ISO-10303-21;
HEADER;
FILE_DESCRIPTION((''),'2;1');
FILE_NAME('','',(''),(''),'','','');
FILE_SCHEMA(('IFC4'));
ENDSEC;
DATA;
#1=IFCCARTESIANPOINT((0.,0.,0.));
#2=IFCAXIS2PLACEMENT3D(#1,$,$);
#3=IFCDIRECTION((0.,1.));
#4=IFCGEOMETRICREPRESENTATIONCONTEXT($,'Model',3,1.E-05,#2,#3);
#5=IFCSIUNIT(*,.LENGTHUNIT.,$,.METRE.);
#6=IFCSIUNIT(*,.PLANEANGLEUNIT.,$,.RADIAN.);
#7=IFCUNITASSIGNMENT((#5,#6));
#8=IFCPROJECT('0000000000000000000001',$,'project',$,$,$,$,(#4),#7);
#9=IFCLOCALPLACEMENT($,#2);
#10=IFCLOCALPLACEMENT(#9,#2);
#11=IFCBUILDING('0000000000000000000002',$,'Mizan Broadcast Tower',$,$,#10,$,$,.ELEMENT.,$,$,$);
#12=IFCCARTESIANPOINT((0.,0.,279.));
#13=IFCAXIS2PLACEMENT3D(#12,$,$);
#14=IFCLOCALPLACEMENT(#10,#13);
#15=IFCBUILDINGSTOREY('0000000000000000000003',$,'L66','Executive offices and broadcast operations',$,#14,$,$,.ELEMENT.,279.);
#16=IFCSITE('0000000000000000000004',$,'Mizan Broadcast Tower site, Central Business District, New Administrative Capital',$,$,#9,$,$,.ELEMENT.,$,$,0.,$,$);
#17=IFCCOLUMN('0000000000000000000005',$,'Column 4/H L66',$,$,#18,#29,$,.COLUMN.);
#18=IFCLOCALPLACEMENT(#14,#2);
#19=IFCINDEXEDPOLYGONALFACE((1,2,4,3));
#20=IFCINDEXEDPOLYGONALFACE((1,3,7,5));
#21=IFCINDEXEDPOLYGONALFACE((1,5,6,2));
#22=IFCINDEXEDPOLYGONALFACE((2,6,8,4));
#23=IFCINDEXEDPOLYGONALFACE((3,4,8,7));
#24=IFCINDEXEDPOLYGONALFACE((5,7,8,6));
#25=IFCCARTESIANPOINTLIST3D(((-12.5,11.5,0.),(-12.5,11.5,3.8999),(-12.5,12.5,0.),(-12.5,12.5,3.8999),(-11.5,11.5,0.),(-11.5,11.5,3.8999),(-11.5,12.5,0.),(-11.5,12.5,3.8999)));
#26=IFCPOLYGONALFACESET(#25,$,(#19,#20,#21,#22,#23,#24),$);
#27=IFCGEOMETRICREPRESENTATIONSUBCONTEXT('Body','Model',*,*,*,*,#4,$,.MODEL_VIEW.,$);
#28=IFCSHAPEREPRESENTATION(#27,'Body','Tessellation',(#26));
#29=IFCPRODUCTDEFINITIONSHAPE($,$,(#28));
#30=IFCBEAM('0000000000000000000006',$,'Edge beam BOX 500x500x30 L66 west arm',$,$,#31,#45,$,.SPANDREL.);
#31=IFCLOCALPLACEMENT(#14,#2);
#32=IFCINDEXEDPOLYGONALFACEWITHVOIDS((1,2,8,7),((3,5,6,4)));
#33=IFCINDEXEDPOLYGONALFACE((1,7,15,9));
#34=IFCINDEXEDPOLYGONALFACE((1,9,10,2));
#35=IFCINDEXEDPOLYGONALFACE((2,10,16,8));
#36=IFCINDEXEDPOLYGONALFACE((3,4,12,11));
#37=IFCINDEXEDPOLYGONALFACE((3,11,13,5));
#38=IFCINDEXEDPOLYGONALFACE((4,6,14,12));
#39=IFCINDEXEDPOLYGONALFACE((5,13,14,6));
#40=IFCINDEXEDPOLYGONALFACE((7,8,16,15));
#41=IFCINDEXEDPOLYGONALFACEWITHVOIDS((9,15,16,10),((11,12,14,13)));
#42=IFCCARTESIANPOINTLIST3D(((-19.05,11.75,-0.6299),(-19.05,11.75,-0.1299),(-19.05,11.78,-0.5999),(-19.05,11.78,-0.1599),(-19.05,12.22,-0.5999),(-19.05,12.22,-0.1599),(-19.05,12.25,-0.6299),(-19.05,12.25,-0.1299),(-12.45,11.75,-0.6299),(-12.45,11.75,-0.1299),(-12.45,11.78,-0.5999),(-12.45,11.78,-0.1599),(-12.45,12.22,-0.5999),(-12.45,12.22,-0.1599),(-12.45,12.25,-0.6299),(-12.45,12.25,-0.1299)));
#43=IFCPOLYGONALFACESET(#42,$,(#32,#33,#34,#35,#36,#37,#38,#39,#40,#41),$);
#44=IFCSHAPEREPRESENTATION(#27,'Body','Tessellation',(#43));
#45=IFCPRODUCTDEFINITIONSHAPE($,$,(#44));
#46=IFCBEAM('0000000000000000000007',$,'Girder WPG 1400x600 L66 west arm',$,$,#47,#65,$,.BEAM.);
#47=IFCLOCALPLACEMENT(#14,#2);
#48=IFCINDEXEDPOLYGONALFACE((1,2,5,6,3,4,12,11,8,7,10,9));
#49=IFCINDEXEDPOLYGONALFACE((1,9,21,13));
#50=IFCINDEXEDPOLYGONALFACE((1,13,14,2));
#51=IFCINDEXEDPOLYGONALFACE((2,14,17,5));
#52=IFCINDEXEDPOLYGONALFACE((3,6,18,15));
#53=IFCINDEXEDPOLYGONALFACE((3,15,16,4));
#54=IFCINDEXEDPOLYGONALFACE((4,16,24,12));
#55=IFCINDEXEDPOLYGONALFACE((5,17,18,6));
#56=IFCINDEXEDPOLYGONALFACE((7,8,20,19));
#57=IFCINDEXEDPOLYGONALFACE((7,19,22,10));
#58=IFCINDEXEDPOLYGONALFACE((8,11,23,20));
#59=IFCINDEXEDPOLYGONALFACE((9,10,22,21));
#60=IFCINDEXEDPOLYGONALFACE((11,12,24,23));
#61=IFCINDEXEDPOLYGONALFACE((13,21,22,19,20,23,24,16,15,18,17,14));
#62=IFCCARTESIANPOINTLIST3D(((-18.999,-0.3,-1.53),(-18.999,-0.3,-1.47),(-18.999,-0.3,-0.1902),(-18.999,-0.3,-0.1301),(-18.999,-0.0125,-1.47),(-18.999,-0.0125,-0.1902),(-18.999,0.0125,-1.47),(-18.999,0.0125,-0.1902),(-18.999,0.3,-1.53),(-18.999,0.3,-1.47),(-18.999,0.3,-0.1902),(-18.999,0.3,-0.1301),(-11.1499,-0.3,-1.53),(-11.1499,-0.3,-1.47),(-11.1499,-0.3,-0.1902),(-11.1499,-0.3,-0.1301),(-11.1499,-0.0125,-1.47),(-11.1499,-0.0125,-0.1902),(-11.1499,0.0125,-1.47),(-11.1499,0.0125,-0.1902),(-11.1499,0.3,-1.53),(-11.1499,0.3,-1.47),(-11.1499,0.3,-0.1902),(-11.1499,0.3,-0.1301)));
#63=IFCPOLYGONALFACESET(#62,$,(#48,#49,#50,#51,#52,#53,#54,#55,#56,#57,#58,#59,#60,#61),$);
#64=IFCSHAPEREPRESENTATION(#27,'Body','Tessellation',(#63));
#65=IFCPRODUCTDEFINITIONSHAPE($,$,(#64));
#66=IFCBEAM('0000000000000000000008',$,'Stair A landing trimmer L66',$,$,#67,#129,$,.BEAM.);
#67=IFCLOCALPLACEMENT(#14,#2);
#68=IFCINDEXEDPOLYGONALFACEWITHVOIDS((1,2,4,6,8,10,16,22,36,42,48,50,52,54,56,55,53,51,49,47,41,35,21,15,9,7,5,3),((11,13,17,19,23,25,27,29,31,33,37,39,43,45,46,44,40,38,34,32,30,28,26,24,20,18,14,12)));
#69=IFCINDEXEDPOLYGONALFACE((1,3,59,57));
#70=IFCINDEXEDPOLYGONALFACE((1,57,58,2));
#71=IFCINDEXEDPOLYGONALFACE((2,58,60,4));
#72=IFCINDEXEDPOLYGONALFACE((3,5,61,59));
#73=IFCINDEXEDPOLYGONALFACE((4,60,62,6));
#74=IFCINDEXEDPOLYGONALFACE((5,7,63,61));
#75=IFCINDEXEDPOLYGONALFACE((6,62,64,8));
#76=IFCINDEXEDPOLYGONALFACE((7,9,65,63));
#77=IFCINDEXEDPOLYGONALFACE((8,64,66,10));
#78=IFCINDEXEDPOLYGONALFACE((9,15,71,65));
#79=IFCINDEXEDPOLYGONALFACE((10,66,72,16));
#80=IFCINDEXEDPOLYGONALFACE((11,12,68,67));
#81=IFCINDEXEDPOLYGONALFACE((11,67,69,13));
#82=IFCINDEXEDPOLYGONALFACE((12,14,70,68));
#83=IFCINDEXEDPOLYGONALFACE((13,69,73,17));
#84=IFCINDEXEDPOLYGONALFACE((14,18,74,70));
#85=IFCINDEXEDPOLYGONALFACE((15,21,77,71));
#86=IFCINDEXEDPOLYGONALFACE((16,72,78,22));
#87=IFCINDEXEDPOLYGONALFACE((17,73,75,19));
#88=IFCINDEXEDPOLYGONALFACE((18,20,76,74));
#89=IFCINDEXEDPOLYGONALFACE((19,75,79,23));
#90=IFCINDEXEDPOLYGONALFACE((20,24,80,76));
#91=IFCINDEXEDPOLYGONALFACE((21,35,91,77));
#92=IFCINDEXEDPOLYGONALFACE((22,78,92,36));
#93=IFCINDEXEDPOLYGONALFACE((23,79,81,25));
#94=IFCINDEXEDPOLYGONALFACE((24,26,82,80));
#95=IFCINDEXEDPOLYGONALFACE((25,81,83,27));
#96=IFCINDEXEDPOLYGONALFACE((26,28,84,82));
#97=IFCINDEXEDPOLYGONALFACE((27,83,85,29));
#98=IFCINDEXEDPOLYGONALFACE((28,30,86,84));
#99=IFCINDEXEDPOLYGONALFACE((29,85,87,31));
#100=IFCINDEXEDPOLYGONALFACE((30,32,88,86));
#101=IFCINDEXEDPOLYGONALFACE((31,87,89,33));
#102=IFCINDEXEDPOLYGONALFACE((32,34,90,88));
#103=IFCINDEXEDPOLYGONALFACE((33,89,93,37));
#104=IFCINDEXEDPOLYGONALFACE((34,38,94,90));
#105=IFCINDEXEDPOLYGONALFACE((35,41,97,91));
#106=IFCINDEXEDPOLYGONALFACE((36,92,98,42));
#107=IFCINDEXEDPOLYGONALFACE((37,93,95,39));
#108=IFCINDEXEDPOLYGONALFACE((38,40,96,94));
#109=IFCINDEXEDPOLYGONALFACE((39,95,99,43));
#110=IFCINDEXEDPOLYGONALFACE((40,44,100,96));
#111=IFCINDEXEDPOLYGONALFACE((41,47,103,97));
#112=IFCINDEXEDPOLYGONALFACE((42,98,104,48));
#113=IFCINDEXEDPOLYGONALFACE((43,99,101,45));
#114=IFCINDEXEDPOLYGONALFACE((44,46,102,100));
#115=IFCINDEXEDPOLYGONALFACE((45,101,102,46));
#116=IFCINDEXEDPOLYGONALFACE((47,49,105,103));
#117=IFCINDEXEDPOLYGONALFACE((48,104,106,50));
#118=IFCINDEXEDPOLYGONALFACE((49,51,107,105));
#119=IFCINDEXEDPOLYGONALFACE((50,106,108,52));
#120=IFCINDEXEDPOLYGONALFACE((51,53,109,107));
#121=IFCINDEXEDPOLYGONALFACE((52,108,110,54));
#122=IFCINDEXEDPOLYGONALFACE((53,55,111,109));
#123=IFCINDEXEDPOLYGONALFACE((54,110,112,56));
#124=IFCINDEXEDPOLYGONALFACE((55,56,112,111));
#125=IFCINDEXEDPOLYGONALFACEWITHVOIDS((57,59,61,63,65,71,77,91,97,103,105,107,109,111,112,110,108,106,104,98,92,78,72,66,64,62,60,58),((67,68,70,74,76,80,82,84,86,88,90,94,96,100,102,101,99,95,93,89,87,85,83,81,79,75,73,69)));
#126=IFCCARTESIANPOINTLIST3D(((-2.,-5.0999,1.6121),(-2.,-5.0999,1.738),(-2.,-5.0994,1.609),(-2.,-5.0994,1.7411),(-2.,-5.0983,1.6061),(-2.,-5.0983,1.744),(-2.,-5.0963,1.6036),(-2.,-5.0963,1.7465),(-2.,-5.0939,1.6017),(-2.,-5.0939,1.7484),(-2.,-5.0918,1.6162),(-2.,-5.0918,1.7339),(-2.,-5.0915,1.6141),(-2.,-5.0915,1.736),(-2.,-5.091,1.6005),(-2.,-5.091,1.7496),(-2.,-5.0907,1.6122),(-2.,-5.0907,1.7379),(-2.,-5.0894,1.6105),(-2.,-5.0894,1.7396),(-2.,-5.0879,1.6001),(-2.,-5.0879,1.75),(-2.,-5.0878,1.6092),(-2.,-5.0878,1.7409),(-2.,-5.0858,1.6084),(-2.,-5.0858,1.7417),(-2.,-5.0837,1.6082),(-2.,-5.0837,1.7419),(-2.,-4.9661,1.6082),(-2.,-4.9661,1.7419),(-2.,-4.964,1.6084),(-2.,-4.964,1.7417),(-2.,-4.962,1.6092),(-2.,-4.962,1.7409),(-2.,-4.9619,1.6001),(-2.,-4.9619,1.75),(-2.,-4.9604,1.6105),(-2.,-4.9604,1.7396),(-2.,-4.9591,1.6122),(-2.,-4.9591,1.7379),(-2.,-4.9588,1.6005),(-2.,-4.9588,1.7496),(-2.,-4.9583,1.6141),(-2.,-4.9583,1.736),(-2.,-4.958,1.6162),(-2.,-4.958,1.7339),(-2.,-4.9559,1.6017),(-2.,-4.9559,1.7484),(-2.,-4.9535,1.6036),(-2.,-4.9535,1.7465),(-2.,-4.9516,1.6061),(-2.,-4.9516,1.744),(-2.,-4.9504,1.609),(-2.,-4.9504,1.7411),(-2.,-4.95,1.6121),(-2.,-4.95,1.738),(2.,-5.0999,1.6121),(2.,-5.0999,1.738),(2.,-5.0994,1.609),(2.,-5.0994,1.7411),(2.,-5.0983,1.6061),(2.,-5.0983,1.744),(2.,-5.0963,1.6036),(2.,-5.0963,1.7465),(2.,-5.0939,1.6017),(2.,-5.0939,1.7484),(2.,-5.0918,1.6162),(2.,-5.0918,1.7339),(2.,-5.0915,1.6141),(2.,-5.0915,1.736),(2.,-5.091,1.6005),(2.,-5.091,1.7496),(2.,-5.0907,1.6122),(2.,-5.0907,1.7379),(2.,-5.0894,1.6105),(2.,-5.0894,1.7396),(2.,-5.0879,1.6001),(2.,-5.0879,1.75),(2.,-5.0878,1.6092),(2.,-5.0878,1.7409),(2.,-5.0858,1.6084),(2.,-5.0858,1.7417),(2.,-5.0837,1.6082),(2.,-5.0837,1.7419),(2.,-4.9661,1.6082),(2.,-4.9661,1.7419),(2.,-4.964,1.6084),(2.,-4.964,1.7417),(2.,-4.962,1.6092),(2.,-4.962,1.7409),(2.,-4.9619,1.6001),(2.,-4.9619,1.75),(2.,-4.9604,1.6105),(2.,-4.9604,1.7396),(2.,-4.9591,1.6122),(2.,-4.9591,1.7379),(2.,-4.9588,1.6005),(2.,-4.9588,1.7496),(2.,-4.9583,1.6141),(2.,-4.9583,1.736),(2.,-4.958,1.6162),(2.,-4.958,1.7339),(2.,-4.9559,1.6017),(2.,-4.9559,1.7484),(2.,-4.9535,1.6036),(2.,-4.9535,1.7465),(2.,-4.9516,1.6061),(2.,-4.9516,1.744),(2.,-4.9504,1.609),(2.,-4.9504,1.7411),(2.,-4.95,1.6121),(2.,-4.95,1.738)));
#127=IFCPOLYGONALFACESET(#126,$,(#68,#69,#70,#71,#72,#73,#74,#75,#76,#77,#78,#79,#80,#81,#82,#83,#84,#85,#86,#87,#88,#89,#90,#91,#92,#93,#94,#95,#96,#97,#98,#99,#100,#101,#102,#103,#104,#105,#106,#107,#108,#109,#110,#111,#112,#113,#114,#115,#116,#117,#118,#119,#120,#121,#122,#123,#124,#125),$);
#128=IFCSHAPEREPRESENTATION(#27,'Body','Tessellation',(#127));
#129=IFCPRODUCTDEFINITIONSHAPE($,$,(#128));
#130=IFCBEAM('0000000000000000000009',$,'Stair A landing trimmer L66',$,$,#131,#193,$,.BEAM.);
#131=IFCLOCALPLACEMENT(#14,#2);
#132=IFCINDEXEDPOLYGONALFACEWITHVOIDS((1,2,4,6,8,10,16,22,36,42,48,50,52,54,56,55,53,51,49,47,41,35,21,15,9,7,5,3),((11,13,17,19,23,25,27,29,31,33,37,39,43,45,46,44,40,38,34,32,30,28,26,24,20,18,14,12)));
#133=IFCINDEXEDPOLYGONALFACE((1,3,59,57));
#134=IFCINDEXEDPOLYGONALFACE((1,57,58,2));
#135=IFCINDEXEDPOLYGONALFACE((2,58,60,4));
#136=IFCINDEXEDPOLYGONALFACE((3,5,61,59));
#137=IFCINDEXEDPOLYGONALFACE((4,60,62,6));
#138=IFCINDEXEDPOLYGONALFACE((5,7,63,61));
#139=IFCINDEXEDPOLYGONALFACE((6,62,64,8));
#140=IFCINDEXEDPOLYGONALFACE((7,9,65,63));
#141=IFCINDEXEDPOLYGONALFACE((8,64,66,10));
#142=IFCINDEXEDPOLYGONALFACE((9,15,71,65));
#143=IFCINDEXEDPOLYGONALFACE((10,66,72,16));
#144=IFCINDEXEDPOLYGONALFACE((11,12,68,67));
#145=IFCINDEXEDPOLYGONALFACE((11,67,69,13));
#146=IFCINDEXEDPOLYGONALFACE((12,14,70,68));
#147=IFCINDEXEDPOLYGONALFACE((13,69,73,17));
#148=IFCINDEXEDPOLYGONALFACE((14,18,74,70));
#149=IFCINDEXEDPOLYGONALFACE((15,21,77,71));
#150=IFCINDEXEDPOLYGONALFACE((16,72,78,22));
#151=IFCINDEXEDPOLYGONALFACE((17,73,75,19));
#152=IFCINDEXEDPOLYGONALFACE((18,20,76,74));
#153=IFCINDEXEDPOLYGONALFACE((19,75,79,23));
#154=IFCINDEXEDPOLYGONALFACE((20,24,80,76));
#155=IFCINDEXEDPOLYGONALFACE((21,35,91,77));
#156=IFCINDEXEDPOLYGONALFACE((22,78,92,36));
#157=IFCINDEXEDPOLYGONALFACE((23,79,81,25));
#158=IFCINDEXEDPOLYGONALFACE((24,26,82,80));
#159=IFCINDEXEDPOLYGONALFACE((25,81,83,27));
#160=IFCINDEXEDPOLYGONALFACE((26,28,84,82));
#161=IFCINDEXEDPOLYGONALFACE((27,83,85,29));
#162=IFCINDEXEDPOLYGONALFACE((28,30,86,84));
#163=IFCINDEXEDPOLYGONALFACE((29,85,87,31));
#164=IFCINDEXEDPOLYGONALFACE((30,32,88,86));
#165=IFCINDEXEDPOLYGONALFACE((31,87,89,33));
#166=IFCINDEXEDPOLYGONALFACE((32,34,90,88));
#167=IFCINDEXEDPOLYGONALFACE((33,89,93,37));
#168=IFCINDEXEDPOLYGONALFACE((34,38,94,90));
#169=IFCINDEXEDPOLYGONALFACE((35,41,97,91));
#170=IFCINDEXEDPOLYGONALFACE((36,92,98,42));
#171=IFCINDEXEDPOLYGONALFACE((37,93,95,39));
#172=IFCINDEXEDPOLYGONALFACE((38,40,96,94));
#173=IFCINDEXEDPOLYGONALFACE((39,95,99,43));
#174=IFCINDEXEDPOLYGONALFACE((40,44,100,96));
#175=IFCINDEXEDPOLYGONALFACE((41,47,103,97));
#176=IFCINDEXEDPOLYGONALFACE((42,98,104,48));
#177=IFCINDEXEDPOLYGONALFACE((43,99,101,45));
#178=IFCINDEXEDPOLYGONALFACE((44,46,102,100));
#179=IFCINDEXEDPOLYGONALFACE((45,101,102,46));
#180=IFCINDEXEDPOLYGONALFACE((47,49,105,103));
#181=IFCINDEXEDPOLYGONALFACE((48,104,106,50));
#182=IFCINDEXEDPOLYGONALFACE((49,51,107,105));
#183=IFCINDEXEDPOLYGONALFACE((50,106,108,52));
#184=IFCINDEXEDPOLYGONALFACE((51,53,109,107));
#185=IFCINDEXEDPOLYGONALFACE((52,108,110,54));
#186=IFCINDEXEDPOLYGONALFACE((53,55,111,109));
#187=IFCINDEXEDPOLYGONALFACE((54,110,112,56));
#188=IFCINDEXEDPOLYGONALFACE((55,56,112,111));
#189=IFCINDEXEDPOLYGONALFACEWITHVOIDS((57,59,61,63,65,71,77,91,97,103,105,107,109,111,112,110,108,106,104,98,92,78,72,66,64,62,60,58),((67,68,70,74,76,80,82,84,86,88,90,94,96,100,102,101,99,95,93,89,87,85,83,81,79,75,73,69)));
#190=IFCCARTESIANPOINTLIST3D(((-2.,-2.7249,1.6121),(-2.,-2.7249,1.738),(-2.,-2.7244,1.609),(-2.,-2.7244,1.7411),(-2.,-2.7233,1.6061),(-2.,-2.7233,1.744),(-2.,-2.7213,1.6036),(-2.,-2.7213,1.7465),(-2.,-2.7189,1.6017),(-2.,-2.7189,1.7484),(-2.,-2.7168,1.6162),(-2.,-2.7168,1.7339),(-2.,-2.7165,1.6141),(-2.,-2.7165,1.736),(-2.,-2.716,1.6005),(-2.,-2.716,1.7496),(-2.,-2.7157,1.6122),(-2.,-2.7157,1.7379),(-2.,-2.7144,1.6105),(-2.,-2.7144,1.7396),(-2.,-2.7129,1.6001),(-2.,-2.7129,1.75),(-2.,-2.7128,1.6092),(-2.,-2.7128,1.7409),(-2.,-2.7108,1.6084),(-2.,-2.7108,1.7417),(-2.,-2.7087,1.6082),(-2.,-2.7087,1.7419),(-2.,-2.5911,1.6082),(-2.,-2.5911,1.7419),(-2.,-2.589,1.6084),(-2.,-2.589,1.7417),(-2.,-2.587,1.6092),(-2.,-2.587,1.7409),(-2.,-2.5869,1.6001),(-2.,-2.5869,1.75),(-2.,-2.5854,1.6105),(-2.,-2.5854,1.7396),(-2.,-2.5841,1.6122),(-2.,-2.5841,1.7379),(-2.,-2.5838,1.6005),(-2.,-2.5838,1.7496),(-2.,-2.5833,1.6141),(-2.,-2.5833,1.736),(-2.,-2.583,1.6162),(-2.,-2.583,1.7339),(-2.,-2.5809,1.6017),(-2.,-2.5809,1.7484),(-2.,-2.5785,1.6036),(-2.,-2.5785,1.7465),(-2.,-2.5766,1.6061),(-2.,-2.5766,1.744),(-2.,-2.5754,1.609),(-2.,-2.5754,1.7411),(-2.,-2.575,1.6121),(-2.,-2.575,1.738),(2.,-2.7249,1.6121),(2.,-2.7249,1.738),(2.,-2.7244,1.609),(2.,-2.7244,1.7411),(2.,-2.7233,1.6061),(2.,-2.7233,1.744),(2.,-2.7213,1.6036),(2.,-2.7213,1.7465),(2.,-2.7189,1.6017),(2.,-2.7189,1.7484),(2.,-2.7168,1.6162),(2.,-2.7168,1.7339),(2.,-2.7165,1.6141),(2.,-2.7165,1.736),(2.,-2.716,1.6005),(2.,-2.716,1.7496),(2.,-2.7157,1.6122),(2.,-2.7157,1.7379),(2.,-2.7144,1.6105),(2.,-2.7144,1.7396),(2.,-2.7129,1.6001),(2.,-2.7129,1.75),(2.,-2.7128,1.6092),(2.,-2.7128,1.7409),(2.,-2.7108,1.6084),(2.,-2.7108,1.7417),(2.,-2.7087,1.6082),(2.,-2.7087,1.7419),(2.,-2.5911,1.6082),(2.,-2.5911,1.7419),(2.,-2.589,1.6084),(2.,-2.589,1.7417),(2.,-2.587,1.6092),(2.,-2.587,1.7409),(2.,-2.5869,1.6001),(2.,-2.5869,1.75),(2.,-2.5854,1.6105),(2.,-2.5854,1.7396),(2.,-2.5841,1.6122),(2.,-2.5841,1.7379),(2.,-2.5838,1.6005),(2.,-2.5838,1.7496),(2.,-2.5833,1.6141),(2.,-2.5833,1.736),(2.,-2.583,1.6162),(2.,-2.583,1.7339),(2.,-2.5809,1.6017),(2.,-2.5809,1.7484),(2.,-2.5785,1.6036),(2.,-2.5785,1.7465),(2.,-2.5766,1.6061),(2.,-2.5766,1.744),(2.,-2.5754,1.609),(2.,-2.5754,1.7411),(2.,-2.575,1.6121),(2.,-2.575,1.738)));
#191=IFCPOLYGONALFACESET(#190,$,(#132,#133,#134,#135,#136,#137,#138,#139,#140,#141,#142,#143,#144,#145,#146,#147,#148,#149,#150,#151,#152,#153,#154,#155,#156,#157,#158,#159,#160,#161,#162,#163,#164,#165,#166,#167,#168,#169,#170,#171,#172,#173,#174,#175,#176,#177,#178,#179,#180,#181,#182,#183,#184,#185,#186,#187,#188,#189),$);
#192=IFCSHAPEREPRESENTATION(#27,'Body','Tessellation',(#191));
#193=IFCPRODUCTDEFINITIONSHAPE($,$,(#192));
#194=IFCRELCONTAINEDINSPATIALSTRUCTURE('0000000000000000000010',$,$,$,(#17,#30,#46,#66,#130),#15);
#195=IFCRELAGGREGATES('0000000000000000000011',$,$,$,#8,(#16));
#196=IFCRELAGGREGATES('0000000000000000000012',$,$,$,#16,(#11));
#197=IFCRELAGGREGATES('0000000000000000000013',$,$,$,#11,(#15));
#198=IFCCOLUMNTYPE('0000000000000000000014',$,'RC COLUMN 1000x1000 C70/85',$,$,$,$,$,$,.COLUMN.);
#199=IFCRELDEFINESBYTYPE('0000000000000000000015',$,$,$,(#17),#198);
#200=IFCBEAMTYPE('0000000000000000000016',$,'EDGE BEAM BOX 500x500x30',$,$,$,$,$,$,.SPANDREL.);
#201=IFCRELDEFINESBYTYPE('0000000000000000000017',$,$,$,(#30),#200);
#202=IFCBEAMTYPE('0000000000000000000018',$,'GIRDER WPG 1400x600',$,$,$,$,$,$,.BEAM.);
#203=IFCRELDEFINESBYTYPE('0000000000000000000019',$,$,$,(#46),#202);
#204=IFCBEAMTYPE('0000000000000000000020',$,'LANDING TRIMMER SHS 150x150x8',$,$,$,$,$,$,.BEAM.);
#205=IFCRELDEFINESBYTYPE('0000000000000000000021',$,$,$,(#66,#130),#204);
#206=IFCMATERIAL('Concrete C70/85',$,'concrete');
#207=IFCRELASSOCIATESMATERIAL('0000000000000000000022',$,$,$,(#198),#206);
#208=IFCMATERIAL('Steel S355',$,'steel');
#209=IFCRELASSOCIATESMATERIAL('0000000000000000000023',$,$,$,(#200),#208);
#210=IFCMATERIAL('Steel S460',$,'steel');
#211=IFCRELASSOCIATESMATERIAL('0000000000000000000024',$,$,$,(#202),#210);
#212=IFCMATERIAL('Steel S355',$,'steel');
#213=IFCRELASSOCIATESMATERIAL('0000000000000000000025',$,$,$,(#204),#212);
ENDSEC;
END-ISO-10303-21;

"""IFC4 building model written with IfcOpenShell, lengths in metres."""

from ifc_helpers import new_model, si_unit, direction, frame, origin, origin_2d, place, context, subcontext, project, spatial, rectangle, hollow_rectangle, i_section, extrude, material, material_profile, profile_set, type_object, element, save


model = new_model("IFC4")

# Units and contexts
model_context = context("Model", 3, precision=1e-05, world=origin(), true_north=direction((0.0, 1.0)))
body_context = subcontext(model_context, "Body", "Model", "MODEL_VIEW")
ifc_project = project(units=[si_unit("LENGTHUNIT", "METRE"), si_unit("PLANEANGLEUNIT", "RADIAN")], contexts=[model_context])

# Site, building, storey
site_placement = place(None, origin())
site = spatial("IfcSite", under=ifc_project, at=site_placement, Name="Mizan Broadcast Tower site, Central Business District, New Administrative Capital", CompositionType="ELEMENT", RefElevation=0.0)
building_placement = place(site_placement, origin())
building = spatial("IfcBuilding", under=site, at=building_placement, Name="Mizan Broadcast Tower", CompositionType="ELEMENT")
storey_placement = place(building_placement, frame((0.0, 0.0, 279.0)))
storey = spatial("IfcBuildingStorey", under=building, at=storey_placement, Name="L66", Description="Executive offices and broadcast operations", CompositionType="ELEMENT", Elevation=279.0)

# Column
ifc_material_1 = material(Name="Concrete C70/85", Category="concrete")
ifc_material_profile_1 = material_profile(ifc_material_1, rectangle(XDim=1.0, YDim=1.0, at=origin_2d()), Name="RC 1000x1000")
ifc_profile_set_1 = profile_set([ifc_material_profile_1], Name="Concrete C70/85")
column_type = type_object("IfcColumnType", Name="RC COLUMN 1000x1000 C70/85", PredefinedType="COLUMN", material=ifc_profile_set_1)
column_placement = place(storey_placement, frame((-12.0, 12.0, 0.0), z_axis=(0.0, 0.0, 1.0), x_axis=(1.0, 0.0, 0.0)))
element("IfcColumn", 1, at=column_placement, inside=storey, type_object=column_type, Name="Column 4/H L66", PredefinedType="COLUMN", context=body_context, shape_type="SweptSolid", body=[
    extrude(rectangle(XDim=1.0, YDim=1.0, at=origin_2d()), origin(), (0.0, 0.0, 1.0), 3.8999),
])

# Beams
ifc_material_2 = material(Name="Steel S355", Category="steel")
ifc_material_profile_2 = material_profile(ifc_material_2, hollow_rectangle(XDim=0.5, YDim=0.5, WallThickness=0.03, at=origin_2d()), Name="BOX 500x500x30")
ifc_profile_set_2 = profile_set([ifc_material_profile_2], Name="Steel S355")
beam_type_1 = type_object("IfcBeamType", Name="EDGE BEAM BOX 500x500x30", PredefinedType="SPANDREL", material=ifc_profile_set_2)
beam_1_placement = place(storey_placement, frame((-12.45, 12.0, -0.3799), z_axis=(-1.0, 0.0, 0.0), x_axis=(0.0, -1.0, 0.0)))
element("IfcBeam", 2, at=beam_1_placement, inside=storey, type_object=beam_type_1, Name="Edge beam BOX 500x500x30 L66 west arm", PredefinedType="SPANDREL", context=body_context, shape_type="SweptSolid", body=[
    extrude(hollow_rectangle(XDim=0.5, YDim=0.5, WallThickness=0.03, at=origin_2d()), origin(), (0.0, 0.0, 1.0), 6.6001),
])
ifc_material_3 = material(Name="Steel S460", Category="steel")
ifc_material_profile_3 = material_profile(ifc_material_3, i_section(OverallWidth=0.6001, OverallDepth=1.3999, WebThickness=0.0249, FlangeThickness=0.0601, at=origin_2d()), Name="WPG 1400x600")
ifc_profile_set_3 = profile_set([ifc_material_profile_3], Name="Steel S460")
beam_type_2 = type_object("IfcBeamType", Name="GIRDER WPG 1400x600", PredefinedType="BEAM", material=ifc_profile_set_3)
beam_2_placement = place(storey_placement, frame((-11.1499, 0.0, -0.8301), z_axis=(-1.0, 0.0, 0.0), x_axis=(0.0, -1.0, 0.0)))
element("IfcBeam", 3, at=beam_2_placement, inside=storey, type_object=beam_type_2, Name="Girder WPG 1400x600 L66 west arm", PredefinedType="BEAM", context=body_context, shape_type="SweptSolid", body=[
    extrude(i_section(OverallWidth=0.6001, OverallDepth=1.3999, WebThickness=0.0249, FlangeThickness=0.0601, at=origin_2d()), origin(), (0.0, 0.0, 1.0), 7.8491),
])
ifc_material_4 = material(Name="Steel S355", Category="steel")
ifc_material_profile_4 = material_profile(ifc_material_4, hollow_rectangle(XDim=0.1499, YDim=0.1499, WallThickness=0.0081, InnerFilletRadius=0.0081, OuterFilletRadius=0.012, at=origin_2d()), Name="SHS 150x150x8")
ifc_profile_set_4 = profile_set([ifc_material_profile_4], Name="Steel S355")
beam_type_3 = type_object("IfcBeamType", Name="LANDING TRIMMER SHS 150x150x8", PredefinedType="BEAM", material=ifc_profile_set_4)
for number, where, z_axis, x_axis, name in (
    (4, (-2.0, -5.0249, 1.675), (1.0, 0.0, 0.0), (0.0, 1.0, 0.0), "Stair A landing trimmer L66"),
    (5, (-2.0, -2.6499, 1.675), (1.0, 0.0, 0.0), (0.0, 1.0, 0.0), "Stair A landing trimmer L66"),
):
    element("IfcBeam", number, at=place(storey_placement, frame(where, z_axis=z_axis, x_axis=x_axis)), inside=storey, type_object=beam_type_3, Name=name, PredefinedType="BEAM", context=body_context, shape_type="SweptSolid", body=[
        extrude(hollow_rectangle(XDim=0.1499, YDim=0.1499, WallThickness=0.0081, InnerFilletRadius=0.0081, OuterFilletRadius=0.012, at=origin_2d()), origin(), (0.0, 0.0, 1.0), 4.0),
    ])

save(model, "model.ifc")
